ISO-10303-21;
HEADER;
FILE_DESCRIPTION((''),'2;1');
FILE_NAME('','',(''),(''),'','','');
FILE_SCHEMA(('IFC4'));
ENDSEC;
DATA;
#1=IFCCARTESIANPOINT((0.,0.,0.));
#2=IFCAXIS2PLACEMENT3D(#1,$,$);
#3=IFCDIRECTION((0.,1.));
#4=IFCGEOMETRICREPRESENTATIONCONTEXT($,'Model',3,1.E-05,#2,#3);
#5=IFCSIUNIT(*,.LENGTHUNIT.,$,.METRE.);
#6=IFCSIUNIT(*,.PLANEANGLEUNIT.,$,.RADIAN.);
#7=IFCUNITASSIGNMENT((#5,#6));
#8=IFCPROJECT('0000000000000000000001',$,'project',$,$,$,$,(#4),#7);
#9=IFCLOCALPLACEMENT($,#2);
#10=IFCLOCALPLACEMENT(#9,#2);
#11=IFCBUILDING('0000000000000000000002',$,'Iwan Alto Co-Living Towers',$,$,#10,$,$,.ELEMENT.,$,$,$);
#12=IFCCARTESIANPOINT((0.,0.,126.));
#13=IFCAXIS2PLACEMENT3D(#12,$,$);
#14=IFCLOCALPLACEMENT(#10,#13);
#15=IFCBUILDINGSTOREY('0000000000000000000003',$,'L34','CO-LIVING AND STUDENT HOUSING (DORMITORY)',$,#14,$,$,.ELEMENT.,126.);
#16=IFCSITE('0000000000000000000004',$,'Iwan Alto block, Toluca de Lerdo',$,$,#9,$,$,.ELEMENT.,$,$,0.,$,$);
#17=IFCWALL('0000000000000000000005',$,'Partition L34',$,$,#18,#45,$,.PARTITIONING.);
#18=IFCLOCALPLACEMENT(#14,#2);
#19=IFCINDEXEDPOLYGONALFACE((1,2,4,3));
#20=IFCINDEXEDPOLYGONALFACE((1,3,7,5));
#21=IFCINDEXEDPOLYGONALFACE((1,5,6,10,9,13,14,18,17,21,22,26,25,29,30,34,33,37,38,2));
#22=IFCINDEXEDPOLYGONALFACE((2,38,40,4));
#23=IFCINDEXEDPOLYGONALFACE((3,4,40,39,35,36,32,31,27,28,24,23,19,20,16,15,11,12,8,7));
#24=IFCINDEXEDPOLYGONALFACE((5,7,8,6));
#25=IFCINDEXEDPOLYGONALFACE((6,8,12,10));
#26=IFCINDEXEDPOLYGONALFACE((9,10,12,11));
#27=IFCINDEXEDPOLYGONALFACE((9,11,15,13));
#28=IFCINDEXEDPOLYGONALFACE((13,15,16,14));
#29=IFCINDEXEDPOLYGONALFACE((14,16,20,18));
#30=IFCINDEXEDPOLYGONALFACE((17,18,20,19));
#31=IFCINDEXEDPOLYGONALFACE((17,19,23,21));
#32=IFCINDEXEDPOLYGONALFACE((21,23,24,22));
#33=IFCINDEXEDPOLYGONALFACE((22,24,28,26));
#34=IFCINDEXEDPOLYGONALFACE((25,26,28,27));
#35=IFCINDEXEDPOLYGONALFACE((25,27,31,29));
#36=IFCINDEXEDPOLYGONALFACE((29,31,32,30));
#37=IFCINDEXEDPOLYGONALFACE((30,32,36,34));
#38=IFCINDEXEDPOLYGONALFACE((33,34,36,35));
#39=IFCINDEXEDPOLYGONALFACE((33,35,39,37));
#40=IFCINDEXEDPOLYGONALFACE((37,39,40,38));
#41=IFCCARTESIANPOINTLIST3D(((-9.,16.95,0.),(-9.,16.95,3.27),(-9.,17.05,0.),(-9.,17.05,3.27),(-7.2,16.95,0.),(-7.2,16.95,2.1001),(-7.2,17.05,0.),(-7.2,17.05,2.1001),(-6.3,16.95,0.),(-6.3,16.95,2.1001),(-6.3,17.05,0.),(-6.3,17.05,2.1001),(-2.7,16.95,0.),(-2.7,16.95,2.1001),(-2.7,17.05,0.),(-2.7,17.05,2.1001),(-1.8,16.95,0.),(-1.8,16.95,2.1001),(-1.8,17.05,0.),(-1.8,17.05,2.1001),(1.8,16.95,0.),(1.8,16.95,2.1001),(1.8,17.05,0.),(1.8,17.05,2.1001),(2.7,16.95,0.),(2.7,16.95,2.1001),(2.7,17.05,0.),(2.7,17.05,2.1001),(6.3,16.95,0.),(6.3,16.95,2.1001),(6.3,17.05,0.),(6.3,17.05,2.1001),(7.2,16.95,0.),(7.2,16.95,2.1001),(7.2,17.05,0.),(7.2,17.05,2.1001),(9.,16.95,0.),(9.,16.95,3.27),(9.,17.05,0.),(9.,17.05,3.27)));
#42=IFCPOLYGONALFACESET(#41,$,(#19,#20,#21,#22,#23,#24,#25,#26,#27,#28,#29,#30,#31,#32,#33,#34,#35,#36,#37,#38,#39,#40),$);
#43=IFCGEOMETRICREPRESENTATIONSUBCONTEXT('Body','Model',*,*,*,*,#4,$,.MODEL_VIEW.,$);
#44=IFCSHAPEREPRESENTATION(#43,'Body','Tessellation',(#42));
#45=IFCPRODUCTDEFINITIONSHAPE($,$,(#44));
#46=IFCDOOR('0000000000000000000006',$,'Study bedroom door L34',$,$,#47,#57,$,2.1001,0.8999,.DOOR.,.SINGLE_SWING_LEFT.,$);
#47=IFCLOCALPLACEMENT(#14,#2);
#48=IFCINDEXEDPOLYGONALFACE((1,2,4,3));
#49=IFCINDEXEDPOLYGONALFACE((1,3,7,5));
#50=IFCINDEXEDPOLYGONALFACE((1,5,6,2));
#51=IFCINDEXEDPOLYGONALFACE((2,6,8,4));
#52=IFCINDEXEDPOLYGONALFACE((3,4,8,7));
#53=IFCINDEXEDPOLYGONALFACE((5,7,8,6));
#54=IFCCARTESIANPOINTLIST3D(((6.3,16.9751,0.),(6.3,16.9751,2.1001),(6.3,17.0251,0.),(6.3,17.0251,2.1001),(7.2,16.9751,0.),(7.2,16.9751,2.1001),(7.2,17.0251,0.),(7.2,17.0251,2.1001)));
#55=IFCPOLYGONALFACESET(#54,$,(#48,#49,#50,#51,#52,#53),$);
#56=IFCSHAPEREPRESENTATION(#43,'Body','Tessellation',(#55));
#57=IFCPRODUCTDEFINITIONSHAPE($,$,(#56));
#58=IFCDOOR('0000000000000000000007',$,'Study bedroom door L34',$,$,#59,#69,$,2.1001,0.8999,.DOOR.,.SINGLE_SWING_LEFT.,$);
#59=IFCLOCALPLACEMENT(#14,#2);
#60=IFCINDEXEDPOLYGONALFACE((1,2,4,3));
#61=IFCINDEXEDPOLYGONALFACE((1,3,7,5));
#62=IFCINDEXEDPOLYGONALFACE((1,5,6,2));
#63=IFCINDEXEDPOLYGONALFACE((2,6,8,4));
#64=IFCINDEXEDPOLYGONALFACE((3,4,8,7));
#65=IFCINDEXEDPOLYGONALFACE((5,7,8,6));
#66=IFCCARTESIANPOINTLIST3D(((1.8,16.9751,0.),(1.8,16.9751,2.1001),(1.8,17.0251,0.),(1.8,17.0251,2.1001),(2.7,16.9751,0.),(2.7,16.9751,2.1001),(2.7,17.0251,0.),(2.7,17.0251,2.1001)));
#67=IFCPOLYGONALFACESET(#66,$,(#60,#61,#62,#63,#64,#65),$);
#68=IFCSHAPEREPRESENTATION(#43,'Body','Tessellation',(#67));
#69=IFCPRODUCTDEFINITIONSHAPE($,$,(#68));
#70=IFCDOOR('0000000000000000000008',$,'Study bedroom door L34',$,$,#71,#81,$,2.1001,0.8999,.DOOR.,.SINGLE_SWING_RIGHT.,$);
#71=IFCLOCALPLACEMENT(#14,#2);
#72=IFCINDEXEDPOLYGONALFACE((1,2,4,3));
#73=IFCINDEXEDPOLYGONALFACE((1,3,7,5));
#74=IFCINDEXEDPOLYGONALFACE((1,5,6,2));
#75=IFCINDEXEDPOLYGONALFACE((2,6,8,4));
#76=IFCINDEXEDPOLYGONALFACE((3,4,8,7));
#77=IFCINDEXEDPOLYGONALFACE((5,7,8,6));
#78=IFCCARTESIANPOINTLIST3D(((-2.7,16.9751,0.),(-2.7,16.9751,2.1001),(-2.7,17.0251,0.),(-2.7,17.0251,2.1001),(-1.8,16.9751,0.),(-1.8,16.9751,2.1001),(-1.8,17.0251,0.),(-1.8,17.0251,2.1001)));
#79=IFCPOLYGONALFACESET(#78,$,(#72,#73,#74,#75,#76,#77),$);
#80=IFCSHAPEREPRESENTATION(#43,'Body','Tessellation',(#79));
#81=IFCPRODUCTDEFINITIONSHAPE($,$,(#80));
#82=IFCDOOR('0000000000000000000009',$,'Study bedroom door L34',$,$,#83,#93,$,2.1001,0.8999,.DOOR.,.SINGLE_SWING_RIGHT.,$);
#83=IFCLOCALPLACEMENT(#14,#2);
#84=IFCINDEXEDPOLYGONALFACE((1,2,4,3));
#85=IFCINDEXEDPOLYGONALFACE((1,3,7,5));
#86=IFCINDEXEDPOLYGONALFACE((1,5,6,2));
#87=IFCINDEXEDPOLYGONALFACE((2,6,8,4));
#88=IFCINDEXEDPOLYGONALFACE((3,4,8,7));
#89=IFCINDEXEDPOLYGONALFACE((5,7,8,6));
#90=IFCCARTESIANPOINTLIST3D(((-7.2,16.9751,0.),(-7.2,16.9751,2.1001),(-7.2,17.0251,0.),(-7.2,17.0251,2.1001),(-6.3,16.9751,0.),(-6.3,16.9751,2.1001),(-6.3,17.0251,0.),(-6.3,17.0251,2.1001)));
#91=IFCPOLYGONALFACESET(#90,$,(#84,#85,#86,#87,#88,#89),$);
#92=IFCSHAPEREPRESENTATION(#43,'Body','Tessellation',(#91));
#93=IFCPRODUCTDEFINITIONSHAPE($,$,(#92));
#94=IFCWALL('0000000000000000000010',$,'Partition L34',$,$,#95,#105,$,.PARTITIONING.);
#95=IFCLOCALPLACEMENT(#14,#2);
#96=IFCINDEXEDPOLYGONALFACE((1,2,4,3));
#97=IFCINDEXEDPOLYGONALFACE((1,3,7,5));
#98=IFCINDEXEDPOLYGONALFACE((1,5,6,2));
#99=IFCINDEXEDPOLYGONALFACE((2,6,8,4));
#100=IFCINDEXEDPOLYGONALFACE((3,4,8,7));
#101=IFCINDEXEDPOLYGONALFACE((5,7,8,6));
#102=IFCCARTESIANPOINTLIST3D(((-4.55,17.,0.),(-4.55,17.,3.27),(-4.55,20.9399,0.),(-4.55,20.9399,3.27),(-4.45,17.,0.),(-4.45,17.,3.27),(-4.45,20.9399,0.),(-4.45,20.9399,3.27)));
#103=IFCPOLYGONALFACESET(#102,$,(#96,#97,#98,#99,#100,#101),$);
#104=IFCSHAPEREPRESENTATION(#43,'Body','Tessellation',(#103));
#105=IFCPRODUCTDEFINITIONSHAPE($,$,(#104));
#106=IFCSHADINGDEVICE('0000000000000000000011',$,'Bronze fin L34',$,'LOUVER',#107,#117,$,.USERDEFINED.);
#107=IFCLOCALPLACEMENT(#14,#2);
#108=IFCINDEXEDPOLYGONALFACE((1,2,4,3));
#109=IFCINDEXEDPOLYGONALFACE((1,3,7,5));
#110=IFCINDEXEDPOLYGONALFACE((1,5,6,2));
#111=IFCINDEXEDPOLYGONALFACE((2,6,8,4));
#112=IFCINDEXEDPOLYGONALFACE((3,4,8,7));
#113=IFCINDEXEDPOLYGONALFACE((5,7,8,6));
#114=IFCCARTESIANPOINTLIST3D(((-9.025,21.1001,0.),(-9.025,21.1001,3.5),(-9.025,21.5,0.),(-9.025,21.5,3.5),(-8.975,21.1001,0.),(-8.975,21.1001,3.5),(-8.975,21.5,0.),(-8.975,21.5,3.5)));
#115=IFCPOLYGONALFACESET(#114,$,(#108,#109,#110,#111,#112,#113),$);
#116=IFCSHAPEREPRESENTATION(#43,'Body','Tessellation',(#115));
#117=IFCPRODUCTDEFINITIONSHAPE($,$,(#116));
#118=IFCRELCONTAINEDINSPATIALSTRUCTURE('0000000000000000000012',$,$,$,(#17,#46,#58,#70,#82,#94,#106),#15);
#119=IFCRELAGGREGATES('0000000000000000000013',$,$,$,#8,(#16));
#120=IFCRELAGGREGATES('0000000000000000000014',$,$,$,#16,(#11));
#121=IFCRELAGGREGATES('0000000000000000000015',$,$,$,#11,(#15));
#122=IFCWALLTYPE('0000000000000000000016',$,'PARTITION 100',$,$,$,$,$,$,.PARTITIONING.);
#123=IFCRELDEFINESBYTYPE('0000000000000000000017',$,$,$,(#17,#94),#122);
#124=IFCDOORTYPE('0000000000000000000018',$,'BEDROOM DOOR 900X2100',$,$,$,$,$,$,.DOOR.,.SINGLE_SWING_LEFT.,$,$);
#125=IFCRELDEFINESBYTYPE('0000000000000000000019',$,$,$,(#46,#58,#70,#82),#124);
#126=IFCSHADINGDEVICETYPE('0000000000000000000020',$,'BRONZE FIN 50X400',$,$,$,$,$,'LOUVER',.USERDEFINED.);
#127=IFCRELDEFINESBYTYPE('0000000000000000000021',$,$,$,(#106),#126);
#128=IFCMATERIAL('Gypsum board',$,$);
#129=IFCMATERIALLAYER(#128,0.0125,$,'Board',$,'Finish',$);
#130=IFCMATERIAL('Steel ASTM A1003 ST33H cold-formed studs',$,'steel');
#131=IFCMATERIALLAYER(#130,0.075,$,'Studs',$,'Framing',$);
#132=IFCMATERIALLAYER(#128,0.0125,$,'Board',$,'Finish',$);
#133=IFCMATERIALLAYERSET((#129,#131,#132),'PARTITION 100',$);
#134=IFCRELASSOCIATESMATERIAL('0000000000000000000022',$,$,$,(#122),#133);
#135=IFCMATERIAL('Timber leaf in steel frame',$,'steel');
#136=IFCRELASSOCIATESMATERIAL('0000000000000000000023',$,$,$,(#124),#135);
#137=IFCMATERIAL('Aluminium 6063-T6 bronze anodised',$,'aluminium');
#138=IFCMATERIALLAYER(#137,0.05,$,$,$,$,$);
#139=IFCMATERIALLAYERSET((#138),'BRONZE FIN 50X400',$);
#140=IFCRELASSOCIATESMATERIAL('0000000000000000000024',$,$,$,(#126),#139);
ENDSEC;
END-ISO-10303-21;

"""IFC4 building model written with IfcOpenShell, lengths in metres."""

from ifc_helpers import new_model, si_unit, direction, frame, frame_2d, origin, origin_2d, place, context, subcontext, project, spatial, rectangle, extrude, material, layer, layer_set, type_object, element, fill, save


model = new_model("IFC4")

# Units and contexts
model_context = context("Model", 3, precision=1e-05, world=origin(), true_north=direction((0.0, 1.0)))
body_context = subcontext(model_context, "Body", "Model", "MODEL_VIEW")
ifc_project = project(units=[si_unit("LENGTHUNIT", "METRE"), si_unit("PLANEANGLEUNIT", "RADIAN")], contexts=[model_context])

# Site, building, storey
site_placement = place(None, origin())
site = spatial("IfcSite", under=ifc_project, at=site_placement, Name="Iwan Alto block, Toluca de Lerdo", CompositionType="ELEMENT", RefElevation=0.0)
building_placement = place(site_placement, origin())
building = spatial("IfcBuilding", under=site, at=building_placement, Name="Iwan Alto Co-Living Towers", CompositionType="ELEMENT")
storey_placement = place(building_placement, frame((0.0, 0.0, 126.0)))
storey = spatial("IfcBuildingStorey", under=building, at=storey_placement, Name="L34", Description="CO-LIVING AND STUDENT HOUSING (DORMITORY)", CompositionType="ELEMENT", Elevation=126.0)

# Shared definitions
ifc_material_1 = material(Name="Gypsum board")
ifc_material_2 = material(Name="Steel ASTM A1003 ST33H cold-formed studs", Category="steel")
ifc_layer_1 = layer(ifc_material_1, 0.0125, Name="Board", Category="Finish")
ifc_layer_2 = layer(ifc_material_2, 0.075, Name="Studs", Category="Framing")
ifc_layer_3 = layer(ifc_material_1, 0.0125, Name="Board", Category="Finish")
ifc_layer_set_1 = layer_set([ifc_layer_1, ifc_layer_2, ifc_layer_3], Name="PARTITION 100")
wall_type_1 = type_object("IfcWallType", Name="PARTITION 100", PredefinedType="PARTITIONING", material=ifc_layer_set_1)

# Wall, openings, doors
wall_1_placement = place(storey_placement, frame((-9.0, 17.0, 0.0), z_axis=(0.0, 0.0, 1.0), x_axis=(1.0, 0.0, 0.0)))
wall_1 = element("IfcWall", 1, at=wall_1_placement, inside=storey, type_object=wall_type_1, Name="Partition L34", PredefinedType="PARTITIONING", context=body_context, shape_type="SweptSolid", body=[
    extrude(rectangle(XDim=18.0, YDim=0.1001, at=frame_2d((9.0, 0.0))), origin(), (0.0, 0.0, 1.0), 3.27),
])
opening_1_placement = place(wall_1_placement, frame((15.3, 0.0, 0.0)))
opening_1 = element("IfcOpeningElement", 2, at=opening_1_placement, cuts=wall_1, PredefinedType="OPENING", context=body_context, shape_type="SweptSolid", body=[
    extrude(rectangle(XDim=0.8999, YDim=2.1001, at=frame_2d((0.45, 1.05))), frame((0.0, 0.0601, 0.0), z_axis=(0.0, -1.0, 0.0), x_axis=(1.0, 0.0, 0.0)), (0.0, 0.0, 1.0), 0.1201),
])
opening_2_placement = place(wall_1_placement, frame((10.8, 0.0, 0.0)))
opening_2 = element("IfcOpeningElement", 3, at=opening_2_placement, cuts=wall_1, PredefinedType="OPENING", context=body_context, shape_type="SweptSolid", body=[
    extrude(rectangle(XDim=0.8999, YDim=2.1001, at=frame_2d((0.45, 1.05))), frame((0.0, 0.0601, 0.0), z_axis=(0.0, -1.0, 0.0), x_axis=(1.0, 0.0, 0.0)), (0.0, 0.0, 1.0), 0.1201),
])
opening_3_placement = place(wall_1_placement, frame((6.3, 0.0, 0.0)))
opening_3 = element("IfcOpeningElement", 4, at=opening_3_placement, cuts=wall_1, PredefinedType="OPENING", context=body_context, shape_type="SweptSolid", body=[
    extrude(rectangle(XDim=0.8999, YDim=2.1001, at=frame_2d((0.45, 1.05))), frame((0.0, 0.0601, 0.0), z_axis=(0.0, -1.0, 0.0), x_axis=(1.0, 0.0, 0.0)), (0.0, 0.0, 1.0), 0.1201),
])
opening_4_placement = place(wall_1_placement, frame((1.8, 0.0, 0.0)))
opening_4 = element("IfcOpeningElement", 5, at=opening_4_placement, cuts=wall_1, PredefinedType="OPENING", context=body_context, shape_type="SweptSolid", body=[
    extrude(rectangle(XDim=0.8999, YDim=2.1001, at=frame_2d((0.45, 1.05))), frame((0.0, 0.0601, 0.0), z_axis=(0.0, -1.0, 0.0), x_axis=(1.0, 0.0, 0.0)), (0.0, 0.0, 1.0), 0.1201),
])
ifc_material_3 = material(Name="Timber leaf in steel frame", Category="steel")
door_type = type_object("IfcDoorType", Name="BEDROOM DOOR 900X2100", OperationType="SINGLE_SWING_LEFT", PredefinedType="DOOR", material=ifc_material_3)
door_1_placement = place(opening_1_placement, frame((0.8999, 0.0, 0.0), z_axis=(0.0, 0.0, 1.0), x_axis=(-1.0, 0.0, 0.0)))
door_1 = element("IfcDoor", 6, at=door_1_placement, inside=storey, type_object=door_type, Name="Study bedroom door L34", OperationType="SINGLE_SWING_LEFT", OverallHeight=2.1001, OverallWidth=0.8999, PredefinedType="DOOR", context=body_context, shape_type="SweptSolid", body=[
    extrude(rectangle(XDim=0.8999, YDim=2.1001, at=frame_2d((0.45, 1.05))), frame((0.0, 0.0249, 0.0), z_axis=(0.0, -1.0, 0.0), x_axis=(1.0, 0.0, 0.0)), (0.0, 0.0, 1.0), 0.05),
])
fill(opening_1, door_1)
door_2_placement = place(opening_2_placement, frame((0.8999, 0.0, 0.0), z_axis=(0.0, 0.0, 1.0), x_axis=(-1.0, 0.0, 0.0)))
door_2 = element("IfcDoor", 7, at=door_2_placement, inside=storey, type_object=door_type, Name="Study bedroom door L34", OperationType="SINGLE_SWING_LEFT", OverallHeight=2.1001, OverallWidth=0.8999, PredefinedType="DOOR", context=body_context, shape_type="SweptSolid", body=[
    extrude(rectangle(XDim=0.8999, YDim=2.1001, at=frame_2d((0.45, 1.05))), frame((0.0, 0.0249, 0.0), z_axis=(0.0, -1.0, 0.0), x_axis=(1.0, 0.0, 0.0)), (0.0, 0.0, 1.0), 0.05),
])
fill(opening_2, door_2)
door_3_placement = place(opening_3_placement, frame((0.8999, 0.0, 0.0), z_axis=(0.0, 0.0, 1.0), x_axis=(-1.0, 0.0, 0.0)))
door_3 = element("IfcDoor", 8, at=door_3_placement, inside=storey, type_object=door_type, Name="Study bedroom door L34", OperationType="SINGLE_SWING_RIGHT", OverallHeight=2.1001, OverallWidth=0.8999, PredefinedType="DOOR", context=body_context, shape_type="SweptSolid", body=[
    extrude(rectangle(XDim=0.8999, YDim=2.1001, at=frame_2d((0.45, 1.05))), frame((0.0, 0.0249, 0.0), z_axis=(0.0, -1.0, 0.0), x_axis=(1.0, 0.0, 0.0)), (0.0, 0.0, 1.0), 0.05),
])
fill(opening_3, door_3)
door_4_placement = place(opening_4_placement, frame((0.8999, 0.0, 0.0), z_axis=(0.0, 0.0, 1.0), x_axis=(-1.0, 0.0, 0.0)))
door_4 = element("IfcDoor", 9, at=door_4_placement, inside=storey, type_object=door_type, Name="Study bedroom door L34", OperationType="SINGLE_SWING_RIGHT", OverallHeight=2.1001, OverallWidth=0.8999, PredefinedType="DOOR", context=body_context, shape_type="SweptSolid", body=[
    extrude(rectangle(XDim=0.8999, YDim=2.1001, at=frame_2d((0.45, 1.05))), frame((0.0, 0.0249, 0.0), z_axis=(0.0, -1.0, 0.0), x_axis=(1.0, 0.0, 0.0)), (0.0, 0.0, 1.0), 0.05),
])
fill(opening_4, door_4)

# Wall
wall_2_placement = place(storey_placement, frame((-4.5, 17.0, 0.0), z_axis=(0.0, 0.0, 1.0), x_axis=(0.0, 1.0, 0.0)))
element("IfcWall", 10, at=wall_2_placement, inside=storey, type_object=wall_type_1, Name="Partition L34", PredefinedType="PARTITIONING", context=body_context, shape_type="SweptSolid", body=[
    extrude(rectangle(XDim=3.9399, YDim=0.1001, at=frame_2d((1.97, 0.0))), origin(), (0.0, 0.0, 1.0), 3.27),
])

# Shading device
ifc_material_4 = material(Name="Aluminium 6063-T6 bronze anodised", Category="aluminium")
ifc_layer_4 = layer(ifc_material_4, 0.05)
ifc_layer_set_2 = layer_set([ifc_layer_4], Name="BRONZE FIN 50X400")
shading_device_type = type_object("IfcShadingDeviceType", Name="BRONZE FIN 50X400", ElementType="LOUVER", PredefinedType="USERDEFINED", material=ifc_layer_set_2)
shading_device_placement = place(storey_placement, frame((-9.0, 21.3, 0.0), z_axis=(0.0, 0.0, 1.0), x_axis=(-1.0, 0.0, 0.0)))
element("IfcShadingDevice", 11, at=shading_device_placement, inside=storey, type_object=shading_device_type, Name="Bronze fin L34", ObjectType="LOUVER", PredefinedType="USERDEFINED", context=body_context, shape_type="SweptSolid", body=[
    extrude(rectangle(XDim=0.05, YDim=0.3999, at=origin_2d()), origin(), (0.0, 0.0, 1.0), 3.5),
])

save(model, "model.ifc")
